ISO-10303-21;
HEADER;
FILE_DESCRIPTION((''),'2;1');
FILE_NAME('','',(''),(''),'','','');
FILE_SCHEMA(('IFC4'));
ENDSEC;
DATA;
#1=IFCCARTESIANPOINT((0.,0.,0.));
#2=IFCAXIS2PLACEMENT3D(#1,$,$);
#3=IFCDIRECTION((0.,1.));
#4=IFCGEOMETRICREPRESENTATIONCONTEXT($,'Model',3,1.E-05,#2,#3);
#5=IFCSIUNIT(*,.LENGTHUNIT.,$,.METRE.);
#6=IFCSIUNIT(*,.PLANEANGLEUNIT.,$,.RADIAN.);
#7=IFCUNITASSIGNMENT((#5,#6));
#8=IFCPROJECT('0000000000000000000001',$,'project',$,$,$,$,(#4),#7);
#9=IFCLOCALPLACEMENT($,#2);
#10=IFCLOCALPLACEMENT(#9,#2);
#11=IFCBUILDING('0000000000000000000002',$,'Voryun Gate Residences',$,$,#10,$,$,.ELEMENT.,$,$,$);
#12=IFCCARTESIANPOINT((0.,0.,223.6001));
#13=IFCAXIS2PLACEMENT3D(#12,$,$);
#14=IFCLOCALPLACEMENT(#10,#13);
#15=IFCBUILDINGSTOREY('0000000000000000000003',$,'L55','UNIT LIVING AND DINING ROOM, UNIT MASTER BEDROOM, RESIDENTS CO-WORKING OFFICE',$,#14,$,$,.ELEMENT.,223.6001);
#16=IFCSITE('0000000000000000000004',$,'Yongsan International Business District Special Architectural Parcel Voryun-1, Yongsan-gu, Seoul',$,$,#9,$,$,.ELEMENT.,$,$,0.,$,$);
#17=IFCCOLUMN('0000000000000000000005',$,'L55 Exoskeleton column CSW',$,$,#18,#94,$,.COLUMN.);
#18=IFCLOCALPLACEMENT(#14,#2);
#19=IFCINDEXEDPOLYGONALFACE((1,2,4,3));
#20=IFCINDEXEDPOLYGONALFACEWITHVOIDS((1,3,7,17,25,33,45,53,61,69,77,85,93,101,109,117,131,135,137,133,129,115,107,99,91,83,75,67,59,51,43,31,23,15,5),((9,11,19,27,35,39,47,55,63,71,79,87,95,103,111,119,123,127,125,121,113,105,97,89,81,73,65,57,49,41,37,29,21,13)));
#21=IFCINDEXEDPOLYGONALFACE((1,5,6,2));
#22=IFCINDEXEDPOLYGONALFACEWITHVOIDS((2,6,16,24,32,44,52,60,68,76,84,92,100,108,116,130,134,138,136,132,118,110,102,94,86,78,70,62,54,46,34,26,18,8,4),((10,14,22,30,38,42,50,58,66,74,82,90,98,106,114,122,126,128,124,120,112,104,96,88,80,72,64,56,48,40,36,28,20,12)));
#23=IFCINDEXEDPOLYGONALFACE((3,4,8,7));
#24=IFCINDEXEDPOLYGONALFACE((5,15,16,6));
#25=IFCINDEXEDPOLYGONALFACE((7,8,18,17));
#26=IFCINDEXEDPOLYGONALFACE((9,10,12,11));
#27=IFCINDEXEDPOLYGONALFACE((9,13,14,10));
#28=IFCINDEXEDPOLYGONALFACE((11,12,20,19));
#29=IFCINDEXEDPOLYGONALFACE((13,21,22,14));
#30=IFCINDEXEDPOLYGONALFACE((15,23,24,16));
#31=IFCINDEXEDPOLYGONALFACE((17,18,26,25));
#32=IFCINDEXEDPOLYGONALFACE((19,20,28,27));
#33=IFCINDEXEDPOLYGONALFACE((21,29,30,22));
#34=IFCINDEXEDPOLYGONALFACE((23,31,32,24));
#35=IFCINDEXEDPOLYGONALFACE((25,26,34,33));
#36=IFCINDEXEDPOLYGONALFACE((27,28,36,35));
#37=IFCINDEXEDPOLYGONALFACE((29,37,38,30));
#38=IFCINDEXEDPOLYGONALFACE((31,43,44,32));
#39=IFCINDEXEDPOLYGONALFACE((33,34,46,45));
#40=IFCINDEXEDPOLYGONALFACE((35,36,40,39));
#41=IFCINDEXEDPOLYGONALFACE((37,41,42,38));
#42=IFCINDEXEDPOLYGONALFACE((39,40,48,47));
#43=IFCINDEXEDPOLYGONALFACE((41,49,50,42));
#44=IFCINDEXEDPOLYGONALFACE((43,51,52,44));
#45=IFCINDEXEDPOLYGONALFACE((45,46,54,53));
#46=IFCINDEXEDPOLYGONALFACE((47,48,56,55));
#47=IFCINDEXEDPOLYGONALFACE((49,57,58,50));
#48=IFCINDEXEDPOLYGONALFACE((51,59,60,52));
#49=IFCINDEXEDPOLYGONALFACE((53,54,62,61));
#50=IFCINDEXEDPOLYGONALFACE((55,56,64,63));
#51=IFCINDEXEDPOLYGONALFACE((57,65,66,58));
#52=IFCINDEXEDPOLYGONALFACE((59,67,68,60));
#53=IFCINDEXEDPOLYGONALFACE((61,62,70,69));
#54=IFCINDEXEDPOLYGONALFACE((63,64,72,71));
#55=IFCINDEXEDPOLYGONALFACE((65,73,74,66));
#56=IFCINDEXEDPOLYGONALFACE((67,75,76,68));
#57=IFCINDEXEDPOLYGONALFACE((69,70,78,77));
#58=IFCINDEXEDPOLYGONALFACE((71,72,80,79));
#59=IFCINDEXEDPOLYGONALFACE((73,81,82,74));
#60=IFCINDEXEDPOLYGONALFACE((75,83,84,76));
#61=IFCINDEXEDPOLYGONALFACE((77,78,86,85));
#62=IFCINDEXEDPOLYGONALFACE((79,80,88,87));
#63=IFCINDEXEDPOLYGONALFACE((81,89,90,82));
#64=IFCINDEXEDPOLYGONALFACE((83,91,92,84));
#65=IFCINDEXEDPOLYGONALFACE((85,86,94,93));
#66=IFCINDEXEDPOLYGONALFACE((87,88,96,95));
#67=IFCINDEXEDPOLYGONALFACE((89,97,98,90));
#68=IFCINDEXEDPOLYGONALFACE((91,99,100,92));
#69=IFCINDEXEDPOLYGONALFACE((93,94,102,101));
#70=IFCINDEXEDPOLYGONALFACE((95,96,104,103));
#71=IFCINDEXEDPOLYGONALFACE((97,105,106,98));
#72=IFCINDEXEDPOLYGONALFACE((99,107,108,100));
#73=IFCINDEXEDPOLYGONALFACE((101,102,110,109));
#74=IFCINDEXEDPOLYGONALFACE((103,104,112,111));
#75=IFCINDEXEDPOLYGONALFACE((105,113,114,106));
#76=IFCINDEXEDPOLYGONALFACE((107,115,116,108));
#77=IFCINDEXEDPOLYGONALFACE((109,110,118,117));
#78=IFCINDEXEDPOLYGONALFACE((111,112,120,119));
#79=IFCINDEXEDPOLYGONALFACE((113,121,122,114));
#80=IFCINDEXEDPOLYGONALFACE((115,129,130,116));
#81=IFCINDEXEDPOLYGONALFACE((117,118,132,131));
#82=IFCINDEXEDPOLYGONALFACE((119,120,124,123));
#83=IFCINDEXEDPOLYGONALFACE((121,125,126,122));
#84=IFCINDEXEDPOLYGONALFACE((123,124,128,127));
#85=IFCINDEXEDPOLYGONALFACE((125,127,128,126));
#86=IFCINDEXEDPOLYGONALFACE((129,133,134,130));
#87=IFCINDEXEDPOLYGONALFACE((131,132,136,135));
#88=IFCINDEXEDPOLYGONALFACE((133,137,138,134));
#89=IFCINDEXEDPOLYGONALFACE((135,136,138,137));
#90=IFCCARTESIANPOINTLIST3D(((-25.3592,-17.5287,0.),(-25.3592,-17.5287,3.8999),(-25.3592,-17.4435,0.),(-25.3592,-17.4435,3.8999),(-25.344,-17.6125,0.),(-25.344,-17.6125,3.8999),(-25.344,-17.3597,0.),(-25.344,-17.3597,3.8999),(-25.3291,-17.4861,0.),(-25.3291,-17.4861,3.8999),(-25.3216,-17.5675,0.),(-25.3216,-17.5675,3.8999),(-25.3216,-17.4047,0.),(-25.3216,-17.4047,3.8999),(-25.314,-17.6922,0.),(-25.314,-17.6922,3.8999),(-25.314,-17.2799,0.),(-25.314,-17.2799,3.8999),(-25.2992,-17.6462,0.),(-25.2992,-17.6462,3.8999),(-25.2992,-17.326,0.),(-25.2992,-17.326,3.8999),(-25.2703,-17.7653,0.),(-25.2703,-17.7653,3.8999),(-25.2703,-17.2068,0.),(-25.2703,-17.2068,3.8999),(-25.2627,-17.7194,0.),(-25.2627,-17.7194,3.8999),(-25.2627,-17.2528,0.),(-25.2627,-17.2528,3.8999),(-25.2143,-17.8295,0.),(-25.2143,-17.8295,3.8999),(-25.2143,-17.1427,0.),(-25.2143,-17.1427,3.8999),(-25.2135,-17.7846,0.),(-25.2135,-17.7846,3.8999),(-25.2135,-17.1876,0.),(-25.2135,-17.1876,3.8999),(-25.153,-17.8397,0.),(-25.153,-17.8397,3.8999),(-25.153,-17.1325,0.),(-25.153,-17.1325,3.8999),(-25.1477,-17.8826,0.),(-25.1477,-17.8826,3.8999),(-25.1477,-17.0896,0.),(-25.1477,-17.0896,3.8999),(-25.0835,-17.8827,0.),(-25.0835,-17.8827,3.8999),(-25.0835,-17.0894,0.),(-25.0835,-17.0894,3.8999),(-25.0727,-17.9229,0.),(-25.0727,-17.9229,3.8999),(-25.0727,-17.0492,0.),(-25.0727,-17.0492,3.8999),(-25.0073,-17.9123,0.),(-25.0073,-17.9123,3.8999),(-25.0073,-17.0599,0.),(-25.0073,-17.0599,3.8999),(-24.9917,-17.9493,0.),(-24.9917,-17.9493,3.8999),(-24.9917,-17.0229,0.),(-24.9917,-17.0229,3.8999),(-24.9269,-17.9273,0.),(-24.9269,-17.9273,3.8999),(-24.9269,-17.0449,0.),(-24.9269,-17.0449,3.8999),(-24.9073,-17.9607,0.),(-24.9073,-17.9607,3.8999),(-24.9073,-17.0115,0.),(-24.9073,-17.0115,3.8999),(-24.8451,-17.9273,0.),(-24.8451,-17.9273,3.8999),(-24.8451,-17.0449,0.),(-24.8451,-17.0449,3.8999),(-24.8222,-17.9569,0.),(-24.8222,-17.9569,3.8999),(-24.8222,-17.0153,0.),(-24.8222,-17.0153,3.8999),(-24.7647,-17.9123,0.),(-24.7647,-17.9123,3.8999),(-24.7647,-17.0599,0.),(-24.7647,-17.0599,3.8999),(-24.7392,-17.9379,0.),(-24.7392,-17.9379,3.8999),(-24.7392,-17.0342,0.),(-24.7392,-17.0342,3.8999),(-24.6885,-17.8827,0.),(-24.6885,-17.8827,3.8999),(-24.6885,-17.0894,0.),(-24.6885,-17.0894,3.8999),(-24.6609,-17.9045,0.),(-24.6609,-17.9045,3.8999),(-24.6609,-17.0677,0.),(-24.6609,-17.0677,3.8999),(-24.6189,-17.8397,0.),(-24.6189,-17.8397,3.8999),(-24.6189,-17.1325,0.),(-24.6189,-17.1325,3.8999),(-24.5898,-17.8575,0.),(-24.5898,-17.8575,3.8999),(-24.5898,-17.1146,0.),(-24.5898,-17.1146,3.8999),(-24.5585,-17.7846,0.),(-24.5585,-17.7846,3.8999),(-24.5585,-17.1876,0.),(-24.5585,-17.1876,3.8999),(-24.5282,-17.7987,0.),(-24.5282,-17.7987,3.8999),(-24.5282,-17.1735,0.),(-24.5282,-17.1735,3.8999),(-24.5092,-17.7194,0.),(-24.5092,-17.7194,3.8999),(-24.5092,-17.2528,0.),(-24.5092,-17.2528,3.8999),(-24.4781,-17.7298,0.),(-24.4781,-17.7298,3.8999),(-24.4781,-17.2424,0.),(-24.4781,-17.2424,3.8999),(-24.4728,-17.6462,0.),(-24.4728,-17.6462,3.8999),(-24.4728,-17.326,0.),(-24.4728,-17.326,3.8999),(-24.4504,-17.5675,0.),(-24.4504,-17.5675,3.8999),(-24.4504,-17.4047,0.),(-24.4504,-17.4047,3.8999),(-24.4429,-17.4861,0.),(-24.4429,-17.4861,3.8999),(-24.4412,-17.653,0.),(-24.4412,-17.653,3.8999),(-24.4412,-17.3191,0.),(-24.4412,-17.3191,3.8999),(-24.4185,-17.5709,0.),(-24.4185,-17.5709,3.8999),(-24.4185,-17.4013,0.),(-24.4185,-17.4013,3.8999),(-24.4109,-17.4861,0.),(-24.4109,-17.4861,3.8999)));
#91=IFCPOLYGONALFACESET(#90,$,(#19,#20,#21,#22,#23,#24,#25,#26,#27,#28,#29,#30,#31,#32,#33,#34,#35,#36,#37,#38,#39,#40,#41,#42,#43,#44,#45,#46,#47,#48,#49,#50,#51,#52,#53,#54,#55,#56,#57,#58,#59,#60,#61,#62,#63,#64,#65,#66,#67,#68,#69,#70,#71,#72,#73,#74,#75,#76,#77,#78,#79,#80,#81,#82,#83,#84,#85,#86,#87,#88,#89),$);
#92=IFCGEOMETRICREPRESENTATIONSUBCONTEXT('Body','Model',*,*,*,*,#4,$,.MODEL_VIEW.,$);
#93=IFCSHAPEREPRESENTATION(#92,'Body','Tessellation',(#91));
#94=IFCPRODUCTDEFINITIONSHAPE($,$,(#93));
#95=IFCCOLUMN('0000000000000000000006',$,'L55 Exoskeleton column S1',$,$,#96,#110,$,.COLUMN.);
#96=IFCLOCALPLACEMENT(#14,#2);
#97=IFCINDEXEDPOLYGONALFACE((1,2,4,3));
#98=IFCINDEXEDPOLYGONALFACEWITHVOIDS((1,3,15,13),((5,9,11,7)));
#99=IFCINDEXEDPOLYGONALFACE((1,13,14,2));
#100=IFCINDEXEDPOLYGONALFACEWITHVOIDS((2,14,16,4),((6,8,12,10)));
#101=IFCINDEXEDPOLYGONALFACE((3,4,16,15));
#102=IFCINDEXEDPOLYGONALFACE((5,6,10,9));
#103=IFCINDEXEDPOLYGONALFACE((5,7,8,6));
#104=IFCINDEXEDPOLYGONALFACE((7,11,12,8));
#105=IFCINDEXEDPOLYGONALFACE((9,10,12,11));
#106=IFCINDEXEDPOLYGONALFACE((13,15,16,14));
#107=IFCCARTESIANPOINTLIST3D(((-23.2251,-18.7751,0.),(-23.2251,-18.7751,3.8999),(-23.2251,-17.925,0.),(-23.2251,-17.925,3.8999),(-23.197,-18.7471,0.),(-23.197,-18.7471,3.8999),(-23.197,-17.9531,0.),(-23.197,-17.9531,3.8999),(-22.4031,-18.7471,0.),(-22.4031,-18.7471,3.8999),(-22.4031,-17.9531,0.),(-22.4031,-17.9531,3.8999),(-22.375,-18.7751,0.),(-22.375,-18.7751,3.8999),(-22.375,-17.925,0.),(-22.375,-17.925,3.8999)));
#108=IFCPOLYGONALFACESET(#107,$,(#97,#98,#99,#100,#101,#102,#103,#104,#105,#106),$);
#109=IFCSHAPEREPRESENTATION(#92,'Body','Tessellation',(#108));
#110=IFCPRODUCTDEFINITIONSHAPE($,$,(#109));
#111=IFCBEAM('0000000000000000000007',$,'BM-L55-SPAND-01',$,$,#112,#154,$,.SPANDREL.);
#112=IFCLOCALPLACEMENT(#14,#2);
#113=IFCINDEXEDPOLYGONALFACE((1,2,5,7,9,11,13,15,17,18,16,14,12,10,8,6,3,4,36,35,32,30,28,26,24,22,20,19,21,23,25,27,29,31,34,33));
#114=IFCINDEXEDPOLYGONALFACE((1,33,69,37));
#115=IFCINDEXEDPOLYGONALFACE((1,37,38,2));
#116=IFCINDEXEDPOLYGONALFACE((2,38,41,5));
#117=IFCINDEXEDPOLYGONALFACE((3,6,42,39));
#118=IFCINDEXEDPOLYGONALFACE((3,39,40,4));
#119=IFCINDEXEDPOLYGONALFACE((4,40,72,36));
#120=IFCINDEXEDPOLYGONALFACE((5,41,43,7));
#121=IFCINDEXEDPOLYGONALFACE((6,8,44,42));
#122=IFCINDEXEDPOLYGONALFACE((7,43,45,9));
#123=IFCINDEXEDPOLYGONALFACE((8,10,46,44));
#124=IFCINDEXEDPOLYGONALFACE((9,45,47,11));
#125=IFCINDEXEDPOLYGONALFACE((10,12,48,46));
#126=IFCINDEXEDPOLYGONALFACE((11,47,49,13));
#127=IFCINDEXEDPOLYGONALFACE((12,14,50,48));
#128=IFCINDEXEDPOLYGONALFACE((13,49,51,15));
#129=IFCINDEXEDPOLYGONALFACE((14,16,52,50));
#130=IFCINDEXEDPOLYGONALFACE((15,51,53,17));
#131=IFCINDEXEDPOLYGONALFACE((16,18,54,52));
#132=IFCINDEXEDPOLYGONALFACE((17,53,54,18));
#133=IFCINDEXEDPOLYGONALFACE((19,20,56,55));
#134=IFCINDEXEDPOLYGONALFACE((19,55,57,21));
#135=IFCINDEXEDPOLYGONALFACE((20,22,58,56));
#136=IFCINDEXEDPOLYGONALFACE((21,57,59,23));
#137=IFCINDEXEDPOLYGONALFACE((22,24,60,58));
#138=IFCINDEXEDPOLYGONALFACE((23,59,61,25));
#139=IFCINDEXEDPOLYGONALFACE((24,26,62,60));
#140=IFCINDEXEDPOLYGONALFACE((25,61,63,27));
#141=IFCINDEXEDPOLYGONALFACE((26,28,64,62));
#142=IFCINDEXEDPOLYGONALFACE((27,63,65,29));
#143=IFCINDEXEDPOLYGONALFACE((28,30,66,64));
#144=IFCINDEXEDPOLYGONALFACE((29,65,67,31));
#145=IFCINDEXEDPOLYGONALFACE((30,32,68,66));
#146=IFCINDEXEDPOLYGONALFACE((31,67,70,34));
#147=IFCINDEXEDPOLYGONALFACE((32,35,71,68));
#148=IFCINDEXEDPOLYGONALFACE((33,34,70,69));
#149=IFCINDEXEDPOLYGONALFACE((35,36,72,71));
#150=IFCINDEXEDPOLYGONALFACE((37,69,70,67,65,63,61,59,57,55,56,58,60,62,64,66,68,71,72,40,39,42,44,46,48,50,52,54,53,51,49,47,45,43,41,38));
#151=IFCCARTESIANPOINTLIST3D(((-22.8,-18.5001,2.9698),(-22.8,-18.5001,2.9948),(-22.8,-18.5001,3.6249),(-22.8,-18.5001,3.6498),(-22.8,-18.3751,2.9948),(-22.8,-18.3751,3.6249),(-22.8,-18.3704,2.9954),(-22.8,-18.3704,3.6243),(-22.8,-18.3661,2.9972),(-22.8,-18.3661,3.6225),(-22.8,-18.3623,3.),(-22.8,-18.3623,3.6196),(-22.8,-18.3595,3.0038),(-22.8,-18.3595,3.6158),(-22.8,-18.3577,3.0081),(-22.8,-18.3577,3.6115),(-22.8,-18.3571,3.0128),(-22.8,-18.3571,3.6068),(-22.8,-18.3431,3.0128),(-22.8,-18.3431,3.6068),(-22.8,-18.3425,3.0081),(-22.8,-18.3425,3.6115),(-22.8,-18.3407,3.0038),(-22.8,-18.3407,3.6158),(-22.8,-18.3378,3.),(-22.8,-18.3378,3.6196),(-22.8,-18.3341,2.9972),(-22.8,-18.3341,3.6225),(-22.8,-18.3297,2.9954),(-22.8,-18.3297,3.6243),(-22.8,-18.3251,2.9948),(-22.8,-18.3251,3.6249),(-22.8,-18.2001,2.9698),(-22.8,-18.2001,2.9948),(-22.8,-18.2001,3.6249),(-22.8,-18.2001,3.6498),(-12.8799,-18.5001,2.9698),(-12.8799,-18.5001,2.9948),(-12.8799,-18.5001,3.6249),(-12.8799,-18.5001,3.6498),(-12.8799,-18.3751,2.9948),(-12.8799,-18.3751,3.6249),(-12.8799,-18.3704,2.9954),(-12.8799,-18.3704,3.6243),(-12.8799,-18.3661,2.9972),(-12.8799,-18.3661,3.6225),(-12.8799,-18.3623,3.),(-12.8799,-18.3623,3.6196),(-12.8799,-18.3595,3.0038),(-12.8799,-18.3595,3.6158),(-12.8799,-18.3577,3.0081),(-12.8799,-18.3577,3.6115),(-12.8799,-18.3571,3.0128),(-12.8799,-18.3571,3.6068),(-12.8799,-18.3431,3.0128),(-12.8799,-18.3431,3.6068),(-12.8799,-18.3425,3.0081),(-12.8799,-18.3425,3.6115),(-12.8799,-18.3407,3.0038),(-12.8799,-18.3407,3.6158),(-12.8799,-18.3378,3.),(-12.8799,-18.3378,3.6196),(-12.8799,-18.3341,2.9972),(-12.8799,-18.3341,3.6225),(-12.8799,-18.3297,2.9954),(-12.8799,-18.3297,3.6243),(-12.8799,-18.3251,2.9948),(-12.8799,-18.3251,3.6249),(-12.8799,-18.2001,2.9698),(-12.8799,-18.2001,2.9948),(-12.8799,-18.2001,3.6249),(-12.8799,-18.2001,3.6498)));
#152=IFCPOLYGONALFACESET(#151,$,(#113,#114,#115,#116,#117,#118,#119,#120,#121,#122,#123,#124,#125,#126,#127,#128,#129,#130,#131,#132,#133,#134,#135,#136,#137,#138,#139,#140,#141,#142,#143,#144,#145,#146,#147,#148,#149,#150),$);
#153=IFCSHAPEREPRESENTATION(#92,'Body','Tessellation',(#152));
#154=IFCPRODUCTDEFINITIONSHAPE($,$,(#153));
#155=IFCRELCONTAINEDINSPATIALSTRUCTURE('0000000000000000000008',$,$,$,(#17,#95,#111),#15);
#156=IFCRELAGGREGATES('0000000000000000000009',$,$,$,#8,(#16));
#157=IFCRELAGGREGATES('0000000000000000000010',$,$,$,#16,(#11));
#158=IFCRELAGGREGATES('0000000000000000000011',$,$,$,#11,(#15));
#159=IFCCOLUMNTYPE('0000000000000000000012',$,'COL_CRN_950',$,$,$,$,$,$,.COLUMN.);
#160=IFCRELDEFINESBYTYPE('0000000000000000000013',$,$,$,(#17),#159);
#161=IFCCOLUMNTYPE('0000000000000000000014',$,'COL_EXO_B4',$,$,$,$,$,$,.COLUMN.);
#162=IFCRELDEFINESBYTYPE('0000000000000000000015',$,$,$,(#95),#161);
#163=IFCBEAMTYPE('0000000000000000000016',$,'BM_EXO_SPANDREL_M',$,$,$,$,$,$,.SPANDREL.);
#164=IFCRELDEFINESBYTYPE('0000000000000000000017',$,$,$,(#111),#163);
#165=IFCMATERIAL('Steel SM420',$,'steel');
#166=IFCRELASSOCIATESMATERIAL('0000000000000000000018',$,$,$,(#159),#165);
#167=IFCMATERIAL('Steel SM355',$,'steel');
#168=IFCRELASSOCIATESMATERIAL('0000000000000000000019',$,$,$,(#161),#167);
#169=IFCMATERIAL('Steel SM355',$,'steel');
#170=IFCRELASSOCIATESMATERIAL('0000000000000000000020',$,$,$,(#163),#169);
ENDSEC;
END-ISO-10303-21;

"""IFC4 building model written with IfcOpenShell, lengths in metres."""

from ifc_helpers import new_model, si_unit, direction, frame, origin, origin_2d, place, context, subcontext, project, spatial, hollow_rectangle, hollow_circle, i_section, extrude, material, material_profile, profile_set, type_object, element, save


model = new_model("IFC4")

# Units and contexts
model_context = context("Model", 3, precision=1e-05, world=origin(), true_north=direction((0.0, 1.0)))
body_context = subcontext(model_context, "Body", "Model", "MODEL_VIEW")
ifc_project = project(units=[si_unit("LENGTHUNIT", "METRE"), si_unit("PLANEANGLEUNIT", "RADIAN")], contexts=[model_context])

# Site, building, storey
site_placement = place(None, origin())
site = spatial("IfcSite", under=ifc_project, at=site_placement, Name="Yongsan International Business District Special Architectural Parcel Voryun-1, Yongsan-gu, Seoul", CompositionType="ELEMENT", RefElevation=0.0)
building_placement = place(site_placement, origin())
building = spatial("IfcBuilding", under=site, at=building_placement, Name="Voryun Gate Residences", CompositionType="ELEMENT")
storey_placement = place(building_placement, frame((0.0, 0.0, 223.6001)))
storey = spatial("IfcBuildingStorey", under=building, at=storey_placement, Name="L55", Description="UNIT LIVING AND DINING ROOM, UNIT MASTER BEDROOM, RESIDENTS CO-WORKING OFFICE", CompositionType="ELEMENT", Elevation=223.6001)

# Columns
ifc_material_1 = material(Name="Steel SM420", Category="steel")
ifc_material_profile_1 = material_profile(ifc_material_1, hollow_circle(Radius=0.4751, WallThickness=0.032, at=origin_2d()), Name="CHS-950x32")
ifc_profile_set_1 = profile_set([ifc_material_profile_1], Name="Steel SM420")
column_type_1 = type_object("IfcColumnType", Name="COL_CRN_950", PredefinedType="COLUMN", material=ifc_profile_set_1)
column_1_placement = place(storey_placement, frame((-24.886, -17.4861, 0.0), z_axis=(0.0, 0.0, 1.0), x_axis=(1.0, 0.0, 0.0)))
element("IfcColumn", 1, at=column_1_placement, inside=storey, type_object=column_type_1, Name="L55 Exoskeleton column CSW", PredefinedType="COLUMN", context=body_context, shape_type="SweptSolid", body=[
    extrude(hollow_circle(Radius=0.4751, WallThickness=0.032, at=origin_2d()), origin(), (0.0, 0.0, 1.0), 3.8999),
])
ifc_material_2 = material(Name="Steel SM355", Category="steel")
ifc_material_profile_2 = material_profile(ifc_material_2, hollow_rectangle(XDim=0.8501, YDim=0.8501, WallThickness=0.0281, at=origin_2d()), Name="BOX-850x850x28")
ifc_profile_set_2 = profile_set([ifc_material_profile_2], Name="Steel SM355")
column_type_2 = type_object("IfcColumnType", Name="COL_EXO_B4", PredefinedType="COLUMN", material=ifc_profile_set_2)
column_2_placement = place(storey_placement, frame((-22.8, -18.3501, 0.0), z_axis=(0.0, 0.0, 1.0), x_axis=(1.0, 0.0, 0.0)))
element("IfcColumn", 2, at=column_2_placement, inside=storey, type_object=column_type_2, Name="L55 Exoskeleton column S1", PredefinedType="COLUMN", context=body_context, shape_type="SweptSolid", body=[
    extrude(hollow_rectangle(XDim=0.8501, YDim=0.8501, WallThickness=0.0281, at=origin_2d()), origin(), (0.0, 0.0, 1.0), 3.8999),
])

# Beam
ifc_material_3 = material(Name="Steel SM355", Category="steel")
ifc_material_profile_3 = material_profile(ifc_material_3, i_section(OverallWidth=0.3, OverallDepth=0.6799, WebThickness=0.0139, FlangeThickness=0.0249, FilletRadius=0.0181, at=origin_2d()), Name="H-680x300x14x25")
ifc_profile_set_3 = profile_set([ifc_material_profile_3], Name="Steel SM355")
beam_type = type_object("IfcBeamType", Name="BM_EXO_SPANDREL_M", PredefinedType="SPANDREL", material=ifc_profile_set_3)
beam_1_placement = place(storey_placement, frame((-22.8, -18.3501, 3.3098), z_axis=(1.0, 0.0, 0.0), x_axis=(0.0, 1.0, 0.0)))
element("IfcBeam", 3, at=beam_1_placement, inside=storey, type_object=beam_type, Name="BM-L55-SPAND-01", PredefinedType="SPANDREL", context=body_context, shape_type="SweptSolid", body=[
    extrude(i_section(OverallWidth=0.3, OverallDepth=0.6799, WebThickness=0.0139, FlangeThickness=0.0249, FilletRadius=0.0181, at=origin_2d()), origin(), (0.0, 0.0, 1.0), 9.9202),
])

save(model, "model.ifc")
